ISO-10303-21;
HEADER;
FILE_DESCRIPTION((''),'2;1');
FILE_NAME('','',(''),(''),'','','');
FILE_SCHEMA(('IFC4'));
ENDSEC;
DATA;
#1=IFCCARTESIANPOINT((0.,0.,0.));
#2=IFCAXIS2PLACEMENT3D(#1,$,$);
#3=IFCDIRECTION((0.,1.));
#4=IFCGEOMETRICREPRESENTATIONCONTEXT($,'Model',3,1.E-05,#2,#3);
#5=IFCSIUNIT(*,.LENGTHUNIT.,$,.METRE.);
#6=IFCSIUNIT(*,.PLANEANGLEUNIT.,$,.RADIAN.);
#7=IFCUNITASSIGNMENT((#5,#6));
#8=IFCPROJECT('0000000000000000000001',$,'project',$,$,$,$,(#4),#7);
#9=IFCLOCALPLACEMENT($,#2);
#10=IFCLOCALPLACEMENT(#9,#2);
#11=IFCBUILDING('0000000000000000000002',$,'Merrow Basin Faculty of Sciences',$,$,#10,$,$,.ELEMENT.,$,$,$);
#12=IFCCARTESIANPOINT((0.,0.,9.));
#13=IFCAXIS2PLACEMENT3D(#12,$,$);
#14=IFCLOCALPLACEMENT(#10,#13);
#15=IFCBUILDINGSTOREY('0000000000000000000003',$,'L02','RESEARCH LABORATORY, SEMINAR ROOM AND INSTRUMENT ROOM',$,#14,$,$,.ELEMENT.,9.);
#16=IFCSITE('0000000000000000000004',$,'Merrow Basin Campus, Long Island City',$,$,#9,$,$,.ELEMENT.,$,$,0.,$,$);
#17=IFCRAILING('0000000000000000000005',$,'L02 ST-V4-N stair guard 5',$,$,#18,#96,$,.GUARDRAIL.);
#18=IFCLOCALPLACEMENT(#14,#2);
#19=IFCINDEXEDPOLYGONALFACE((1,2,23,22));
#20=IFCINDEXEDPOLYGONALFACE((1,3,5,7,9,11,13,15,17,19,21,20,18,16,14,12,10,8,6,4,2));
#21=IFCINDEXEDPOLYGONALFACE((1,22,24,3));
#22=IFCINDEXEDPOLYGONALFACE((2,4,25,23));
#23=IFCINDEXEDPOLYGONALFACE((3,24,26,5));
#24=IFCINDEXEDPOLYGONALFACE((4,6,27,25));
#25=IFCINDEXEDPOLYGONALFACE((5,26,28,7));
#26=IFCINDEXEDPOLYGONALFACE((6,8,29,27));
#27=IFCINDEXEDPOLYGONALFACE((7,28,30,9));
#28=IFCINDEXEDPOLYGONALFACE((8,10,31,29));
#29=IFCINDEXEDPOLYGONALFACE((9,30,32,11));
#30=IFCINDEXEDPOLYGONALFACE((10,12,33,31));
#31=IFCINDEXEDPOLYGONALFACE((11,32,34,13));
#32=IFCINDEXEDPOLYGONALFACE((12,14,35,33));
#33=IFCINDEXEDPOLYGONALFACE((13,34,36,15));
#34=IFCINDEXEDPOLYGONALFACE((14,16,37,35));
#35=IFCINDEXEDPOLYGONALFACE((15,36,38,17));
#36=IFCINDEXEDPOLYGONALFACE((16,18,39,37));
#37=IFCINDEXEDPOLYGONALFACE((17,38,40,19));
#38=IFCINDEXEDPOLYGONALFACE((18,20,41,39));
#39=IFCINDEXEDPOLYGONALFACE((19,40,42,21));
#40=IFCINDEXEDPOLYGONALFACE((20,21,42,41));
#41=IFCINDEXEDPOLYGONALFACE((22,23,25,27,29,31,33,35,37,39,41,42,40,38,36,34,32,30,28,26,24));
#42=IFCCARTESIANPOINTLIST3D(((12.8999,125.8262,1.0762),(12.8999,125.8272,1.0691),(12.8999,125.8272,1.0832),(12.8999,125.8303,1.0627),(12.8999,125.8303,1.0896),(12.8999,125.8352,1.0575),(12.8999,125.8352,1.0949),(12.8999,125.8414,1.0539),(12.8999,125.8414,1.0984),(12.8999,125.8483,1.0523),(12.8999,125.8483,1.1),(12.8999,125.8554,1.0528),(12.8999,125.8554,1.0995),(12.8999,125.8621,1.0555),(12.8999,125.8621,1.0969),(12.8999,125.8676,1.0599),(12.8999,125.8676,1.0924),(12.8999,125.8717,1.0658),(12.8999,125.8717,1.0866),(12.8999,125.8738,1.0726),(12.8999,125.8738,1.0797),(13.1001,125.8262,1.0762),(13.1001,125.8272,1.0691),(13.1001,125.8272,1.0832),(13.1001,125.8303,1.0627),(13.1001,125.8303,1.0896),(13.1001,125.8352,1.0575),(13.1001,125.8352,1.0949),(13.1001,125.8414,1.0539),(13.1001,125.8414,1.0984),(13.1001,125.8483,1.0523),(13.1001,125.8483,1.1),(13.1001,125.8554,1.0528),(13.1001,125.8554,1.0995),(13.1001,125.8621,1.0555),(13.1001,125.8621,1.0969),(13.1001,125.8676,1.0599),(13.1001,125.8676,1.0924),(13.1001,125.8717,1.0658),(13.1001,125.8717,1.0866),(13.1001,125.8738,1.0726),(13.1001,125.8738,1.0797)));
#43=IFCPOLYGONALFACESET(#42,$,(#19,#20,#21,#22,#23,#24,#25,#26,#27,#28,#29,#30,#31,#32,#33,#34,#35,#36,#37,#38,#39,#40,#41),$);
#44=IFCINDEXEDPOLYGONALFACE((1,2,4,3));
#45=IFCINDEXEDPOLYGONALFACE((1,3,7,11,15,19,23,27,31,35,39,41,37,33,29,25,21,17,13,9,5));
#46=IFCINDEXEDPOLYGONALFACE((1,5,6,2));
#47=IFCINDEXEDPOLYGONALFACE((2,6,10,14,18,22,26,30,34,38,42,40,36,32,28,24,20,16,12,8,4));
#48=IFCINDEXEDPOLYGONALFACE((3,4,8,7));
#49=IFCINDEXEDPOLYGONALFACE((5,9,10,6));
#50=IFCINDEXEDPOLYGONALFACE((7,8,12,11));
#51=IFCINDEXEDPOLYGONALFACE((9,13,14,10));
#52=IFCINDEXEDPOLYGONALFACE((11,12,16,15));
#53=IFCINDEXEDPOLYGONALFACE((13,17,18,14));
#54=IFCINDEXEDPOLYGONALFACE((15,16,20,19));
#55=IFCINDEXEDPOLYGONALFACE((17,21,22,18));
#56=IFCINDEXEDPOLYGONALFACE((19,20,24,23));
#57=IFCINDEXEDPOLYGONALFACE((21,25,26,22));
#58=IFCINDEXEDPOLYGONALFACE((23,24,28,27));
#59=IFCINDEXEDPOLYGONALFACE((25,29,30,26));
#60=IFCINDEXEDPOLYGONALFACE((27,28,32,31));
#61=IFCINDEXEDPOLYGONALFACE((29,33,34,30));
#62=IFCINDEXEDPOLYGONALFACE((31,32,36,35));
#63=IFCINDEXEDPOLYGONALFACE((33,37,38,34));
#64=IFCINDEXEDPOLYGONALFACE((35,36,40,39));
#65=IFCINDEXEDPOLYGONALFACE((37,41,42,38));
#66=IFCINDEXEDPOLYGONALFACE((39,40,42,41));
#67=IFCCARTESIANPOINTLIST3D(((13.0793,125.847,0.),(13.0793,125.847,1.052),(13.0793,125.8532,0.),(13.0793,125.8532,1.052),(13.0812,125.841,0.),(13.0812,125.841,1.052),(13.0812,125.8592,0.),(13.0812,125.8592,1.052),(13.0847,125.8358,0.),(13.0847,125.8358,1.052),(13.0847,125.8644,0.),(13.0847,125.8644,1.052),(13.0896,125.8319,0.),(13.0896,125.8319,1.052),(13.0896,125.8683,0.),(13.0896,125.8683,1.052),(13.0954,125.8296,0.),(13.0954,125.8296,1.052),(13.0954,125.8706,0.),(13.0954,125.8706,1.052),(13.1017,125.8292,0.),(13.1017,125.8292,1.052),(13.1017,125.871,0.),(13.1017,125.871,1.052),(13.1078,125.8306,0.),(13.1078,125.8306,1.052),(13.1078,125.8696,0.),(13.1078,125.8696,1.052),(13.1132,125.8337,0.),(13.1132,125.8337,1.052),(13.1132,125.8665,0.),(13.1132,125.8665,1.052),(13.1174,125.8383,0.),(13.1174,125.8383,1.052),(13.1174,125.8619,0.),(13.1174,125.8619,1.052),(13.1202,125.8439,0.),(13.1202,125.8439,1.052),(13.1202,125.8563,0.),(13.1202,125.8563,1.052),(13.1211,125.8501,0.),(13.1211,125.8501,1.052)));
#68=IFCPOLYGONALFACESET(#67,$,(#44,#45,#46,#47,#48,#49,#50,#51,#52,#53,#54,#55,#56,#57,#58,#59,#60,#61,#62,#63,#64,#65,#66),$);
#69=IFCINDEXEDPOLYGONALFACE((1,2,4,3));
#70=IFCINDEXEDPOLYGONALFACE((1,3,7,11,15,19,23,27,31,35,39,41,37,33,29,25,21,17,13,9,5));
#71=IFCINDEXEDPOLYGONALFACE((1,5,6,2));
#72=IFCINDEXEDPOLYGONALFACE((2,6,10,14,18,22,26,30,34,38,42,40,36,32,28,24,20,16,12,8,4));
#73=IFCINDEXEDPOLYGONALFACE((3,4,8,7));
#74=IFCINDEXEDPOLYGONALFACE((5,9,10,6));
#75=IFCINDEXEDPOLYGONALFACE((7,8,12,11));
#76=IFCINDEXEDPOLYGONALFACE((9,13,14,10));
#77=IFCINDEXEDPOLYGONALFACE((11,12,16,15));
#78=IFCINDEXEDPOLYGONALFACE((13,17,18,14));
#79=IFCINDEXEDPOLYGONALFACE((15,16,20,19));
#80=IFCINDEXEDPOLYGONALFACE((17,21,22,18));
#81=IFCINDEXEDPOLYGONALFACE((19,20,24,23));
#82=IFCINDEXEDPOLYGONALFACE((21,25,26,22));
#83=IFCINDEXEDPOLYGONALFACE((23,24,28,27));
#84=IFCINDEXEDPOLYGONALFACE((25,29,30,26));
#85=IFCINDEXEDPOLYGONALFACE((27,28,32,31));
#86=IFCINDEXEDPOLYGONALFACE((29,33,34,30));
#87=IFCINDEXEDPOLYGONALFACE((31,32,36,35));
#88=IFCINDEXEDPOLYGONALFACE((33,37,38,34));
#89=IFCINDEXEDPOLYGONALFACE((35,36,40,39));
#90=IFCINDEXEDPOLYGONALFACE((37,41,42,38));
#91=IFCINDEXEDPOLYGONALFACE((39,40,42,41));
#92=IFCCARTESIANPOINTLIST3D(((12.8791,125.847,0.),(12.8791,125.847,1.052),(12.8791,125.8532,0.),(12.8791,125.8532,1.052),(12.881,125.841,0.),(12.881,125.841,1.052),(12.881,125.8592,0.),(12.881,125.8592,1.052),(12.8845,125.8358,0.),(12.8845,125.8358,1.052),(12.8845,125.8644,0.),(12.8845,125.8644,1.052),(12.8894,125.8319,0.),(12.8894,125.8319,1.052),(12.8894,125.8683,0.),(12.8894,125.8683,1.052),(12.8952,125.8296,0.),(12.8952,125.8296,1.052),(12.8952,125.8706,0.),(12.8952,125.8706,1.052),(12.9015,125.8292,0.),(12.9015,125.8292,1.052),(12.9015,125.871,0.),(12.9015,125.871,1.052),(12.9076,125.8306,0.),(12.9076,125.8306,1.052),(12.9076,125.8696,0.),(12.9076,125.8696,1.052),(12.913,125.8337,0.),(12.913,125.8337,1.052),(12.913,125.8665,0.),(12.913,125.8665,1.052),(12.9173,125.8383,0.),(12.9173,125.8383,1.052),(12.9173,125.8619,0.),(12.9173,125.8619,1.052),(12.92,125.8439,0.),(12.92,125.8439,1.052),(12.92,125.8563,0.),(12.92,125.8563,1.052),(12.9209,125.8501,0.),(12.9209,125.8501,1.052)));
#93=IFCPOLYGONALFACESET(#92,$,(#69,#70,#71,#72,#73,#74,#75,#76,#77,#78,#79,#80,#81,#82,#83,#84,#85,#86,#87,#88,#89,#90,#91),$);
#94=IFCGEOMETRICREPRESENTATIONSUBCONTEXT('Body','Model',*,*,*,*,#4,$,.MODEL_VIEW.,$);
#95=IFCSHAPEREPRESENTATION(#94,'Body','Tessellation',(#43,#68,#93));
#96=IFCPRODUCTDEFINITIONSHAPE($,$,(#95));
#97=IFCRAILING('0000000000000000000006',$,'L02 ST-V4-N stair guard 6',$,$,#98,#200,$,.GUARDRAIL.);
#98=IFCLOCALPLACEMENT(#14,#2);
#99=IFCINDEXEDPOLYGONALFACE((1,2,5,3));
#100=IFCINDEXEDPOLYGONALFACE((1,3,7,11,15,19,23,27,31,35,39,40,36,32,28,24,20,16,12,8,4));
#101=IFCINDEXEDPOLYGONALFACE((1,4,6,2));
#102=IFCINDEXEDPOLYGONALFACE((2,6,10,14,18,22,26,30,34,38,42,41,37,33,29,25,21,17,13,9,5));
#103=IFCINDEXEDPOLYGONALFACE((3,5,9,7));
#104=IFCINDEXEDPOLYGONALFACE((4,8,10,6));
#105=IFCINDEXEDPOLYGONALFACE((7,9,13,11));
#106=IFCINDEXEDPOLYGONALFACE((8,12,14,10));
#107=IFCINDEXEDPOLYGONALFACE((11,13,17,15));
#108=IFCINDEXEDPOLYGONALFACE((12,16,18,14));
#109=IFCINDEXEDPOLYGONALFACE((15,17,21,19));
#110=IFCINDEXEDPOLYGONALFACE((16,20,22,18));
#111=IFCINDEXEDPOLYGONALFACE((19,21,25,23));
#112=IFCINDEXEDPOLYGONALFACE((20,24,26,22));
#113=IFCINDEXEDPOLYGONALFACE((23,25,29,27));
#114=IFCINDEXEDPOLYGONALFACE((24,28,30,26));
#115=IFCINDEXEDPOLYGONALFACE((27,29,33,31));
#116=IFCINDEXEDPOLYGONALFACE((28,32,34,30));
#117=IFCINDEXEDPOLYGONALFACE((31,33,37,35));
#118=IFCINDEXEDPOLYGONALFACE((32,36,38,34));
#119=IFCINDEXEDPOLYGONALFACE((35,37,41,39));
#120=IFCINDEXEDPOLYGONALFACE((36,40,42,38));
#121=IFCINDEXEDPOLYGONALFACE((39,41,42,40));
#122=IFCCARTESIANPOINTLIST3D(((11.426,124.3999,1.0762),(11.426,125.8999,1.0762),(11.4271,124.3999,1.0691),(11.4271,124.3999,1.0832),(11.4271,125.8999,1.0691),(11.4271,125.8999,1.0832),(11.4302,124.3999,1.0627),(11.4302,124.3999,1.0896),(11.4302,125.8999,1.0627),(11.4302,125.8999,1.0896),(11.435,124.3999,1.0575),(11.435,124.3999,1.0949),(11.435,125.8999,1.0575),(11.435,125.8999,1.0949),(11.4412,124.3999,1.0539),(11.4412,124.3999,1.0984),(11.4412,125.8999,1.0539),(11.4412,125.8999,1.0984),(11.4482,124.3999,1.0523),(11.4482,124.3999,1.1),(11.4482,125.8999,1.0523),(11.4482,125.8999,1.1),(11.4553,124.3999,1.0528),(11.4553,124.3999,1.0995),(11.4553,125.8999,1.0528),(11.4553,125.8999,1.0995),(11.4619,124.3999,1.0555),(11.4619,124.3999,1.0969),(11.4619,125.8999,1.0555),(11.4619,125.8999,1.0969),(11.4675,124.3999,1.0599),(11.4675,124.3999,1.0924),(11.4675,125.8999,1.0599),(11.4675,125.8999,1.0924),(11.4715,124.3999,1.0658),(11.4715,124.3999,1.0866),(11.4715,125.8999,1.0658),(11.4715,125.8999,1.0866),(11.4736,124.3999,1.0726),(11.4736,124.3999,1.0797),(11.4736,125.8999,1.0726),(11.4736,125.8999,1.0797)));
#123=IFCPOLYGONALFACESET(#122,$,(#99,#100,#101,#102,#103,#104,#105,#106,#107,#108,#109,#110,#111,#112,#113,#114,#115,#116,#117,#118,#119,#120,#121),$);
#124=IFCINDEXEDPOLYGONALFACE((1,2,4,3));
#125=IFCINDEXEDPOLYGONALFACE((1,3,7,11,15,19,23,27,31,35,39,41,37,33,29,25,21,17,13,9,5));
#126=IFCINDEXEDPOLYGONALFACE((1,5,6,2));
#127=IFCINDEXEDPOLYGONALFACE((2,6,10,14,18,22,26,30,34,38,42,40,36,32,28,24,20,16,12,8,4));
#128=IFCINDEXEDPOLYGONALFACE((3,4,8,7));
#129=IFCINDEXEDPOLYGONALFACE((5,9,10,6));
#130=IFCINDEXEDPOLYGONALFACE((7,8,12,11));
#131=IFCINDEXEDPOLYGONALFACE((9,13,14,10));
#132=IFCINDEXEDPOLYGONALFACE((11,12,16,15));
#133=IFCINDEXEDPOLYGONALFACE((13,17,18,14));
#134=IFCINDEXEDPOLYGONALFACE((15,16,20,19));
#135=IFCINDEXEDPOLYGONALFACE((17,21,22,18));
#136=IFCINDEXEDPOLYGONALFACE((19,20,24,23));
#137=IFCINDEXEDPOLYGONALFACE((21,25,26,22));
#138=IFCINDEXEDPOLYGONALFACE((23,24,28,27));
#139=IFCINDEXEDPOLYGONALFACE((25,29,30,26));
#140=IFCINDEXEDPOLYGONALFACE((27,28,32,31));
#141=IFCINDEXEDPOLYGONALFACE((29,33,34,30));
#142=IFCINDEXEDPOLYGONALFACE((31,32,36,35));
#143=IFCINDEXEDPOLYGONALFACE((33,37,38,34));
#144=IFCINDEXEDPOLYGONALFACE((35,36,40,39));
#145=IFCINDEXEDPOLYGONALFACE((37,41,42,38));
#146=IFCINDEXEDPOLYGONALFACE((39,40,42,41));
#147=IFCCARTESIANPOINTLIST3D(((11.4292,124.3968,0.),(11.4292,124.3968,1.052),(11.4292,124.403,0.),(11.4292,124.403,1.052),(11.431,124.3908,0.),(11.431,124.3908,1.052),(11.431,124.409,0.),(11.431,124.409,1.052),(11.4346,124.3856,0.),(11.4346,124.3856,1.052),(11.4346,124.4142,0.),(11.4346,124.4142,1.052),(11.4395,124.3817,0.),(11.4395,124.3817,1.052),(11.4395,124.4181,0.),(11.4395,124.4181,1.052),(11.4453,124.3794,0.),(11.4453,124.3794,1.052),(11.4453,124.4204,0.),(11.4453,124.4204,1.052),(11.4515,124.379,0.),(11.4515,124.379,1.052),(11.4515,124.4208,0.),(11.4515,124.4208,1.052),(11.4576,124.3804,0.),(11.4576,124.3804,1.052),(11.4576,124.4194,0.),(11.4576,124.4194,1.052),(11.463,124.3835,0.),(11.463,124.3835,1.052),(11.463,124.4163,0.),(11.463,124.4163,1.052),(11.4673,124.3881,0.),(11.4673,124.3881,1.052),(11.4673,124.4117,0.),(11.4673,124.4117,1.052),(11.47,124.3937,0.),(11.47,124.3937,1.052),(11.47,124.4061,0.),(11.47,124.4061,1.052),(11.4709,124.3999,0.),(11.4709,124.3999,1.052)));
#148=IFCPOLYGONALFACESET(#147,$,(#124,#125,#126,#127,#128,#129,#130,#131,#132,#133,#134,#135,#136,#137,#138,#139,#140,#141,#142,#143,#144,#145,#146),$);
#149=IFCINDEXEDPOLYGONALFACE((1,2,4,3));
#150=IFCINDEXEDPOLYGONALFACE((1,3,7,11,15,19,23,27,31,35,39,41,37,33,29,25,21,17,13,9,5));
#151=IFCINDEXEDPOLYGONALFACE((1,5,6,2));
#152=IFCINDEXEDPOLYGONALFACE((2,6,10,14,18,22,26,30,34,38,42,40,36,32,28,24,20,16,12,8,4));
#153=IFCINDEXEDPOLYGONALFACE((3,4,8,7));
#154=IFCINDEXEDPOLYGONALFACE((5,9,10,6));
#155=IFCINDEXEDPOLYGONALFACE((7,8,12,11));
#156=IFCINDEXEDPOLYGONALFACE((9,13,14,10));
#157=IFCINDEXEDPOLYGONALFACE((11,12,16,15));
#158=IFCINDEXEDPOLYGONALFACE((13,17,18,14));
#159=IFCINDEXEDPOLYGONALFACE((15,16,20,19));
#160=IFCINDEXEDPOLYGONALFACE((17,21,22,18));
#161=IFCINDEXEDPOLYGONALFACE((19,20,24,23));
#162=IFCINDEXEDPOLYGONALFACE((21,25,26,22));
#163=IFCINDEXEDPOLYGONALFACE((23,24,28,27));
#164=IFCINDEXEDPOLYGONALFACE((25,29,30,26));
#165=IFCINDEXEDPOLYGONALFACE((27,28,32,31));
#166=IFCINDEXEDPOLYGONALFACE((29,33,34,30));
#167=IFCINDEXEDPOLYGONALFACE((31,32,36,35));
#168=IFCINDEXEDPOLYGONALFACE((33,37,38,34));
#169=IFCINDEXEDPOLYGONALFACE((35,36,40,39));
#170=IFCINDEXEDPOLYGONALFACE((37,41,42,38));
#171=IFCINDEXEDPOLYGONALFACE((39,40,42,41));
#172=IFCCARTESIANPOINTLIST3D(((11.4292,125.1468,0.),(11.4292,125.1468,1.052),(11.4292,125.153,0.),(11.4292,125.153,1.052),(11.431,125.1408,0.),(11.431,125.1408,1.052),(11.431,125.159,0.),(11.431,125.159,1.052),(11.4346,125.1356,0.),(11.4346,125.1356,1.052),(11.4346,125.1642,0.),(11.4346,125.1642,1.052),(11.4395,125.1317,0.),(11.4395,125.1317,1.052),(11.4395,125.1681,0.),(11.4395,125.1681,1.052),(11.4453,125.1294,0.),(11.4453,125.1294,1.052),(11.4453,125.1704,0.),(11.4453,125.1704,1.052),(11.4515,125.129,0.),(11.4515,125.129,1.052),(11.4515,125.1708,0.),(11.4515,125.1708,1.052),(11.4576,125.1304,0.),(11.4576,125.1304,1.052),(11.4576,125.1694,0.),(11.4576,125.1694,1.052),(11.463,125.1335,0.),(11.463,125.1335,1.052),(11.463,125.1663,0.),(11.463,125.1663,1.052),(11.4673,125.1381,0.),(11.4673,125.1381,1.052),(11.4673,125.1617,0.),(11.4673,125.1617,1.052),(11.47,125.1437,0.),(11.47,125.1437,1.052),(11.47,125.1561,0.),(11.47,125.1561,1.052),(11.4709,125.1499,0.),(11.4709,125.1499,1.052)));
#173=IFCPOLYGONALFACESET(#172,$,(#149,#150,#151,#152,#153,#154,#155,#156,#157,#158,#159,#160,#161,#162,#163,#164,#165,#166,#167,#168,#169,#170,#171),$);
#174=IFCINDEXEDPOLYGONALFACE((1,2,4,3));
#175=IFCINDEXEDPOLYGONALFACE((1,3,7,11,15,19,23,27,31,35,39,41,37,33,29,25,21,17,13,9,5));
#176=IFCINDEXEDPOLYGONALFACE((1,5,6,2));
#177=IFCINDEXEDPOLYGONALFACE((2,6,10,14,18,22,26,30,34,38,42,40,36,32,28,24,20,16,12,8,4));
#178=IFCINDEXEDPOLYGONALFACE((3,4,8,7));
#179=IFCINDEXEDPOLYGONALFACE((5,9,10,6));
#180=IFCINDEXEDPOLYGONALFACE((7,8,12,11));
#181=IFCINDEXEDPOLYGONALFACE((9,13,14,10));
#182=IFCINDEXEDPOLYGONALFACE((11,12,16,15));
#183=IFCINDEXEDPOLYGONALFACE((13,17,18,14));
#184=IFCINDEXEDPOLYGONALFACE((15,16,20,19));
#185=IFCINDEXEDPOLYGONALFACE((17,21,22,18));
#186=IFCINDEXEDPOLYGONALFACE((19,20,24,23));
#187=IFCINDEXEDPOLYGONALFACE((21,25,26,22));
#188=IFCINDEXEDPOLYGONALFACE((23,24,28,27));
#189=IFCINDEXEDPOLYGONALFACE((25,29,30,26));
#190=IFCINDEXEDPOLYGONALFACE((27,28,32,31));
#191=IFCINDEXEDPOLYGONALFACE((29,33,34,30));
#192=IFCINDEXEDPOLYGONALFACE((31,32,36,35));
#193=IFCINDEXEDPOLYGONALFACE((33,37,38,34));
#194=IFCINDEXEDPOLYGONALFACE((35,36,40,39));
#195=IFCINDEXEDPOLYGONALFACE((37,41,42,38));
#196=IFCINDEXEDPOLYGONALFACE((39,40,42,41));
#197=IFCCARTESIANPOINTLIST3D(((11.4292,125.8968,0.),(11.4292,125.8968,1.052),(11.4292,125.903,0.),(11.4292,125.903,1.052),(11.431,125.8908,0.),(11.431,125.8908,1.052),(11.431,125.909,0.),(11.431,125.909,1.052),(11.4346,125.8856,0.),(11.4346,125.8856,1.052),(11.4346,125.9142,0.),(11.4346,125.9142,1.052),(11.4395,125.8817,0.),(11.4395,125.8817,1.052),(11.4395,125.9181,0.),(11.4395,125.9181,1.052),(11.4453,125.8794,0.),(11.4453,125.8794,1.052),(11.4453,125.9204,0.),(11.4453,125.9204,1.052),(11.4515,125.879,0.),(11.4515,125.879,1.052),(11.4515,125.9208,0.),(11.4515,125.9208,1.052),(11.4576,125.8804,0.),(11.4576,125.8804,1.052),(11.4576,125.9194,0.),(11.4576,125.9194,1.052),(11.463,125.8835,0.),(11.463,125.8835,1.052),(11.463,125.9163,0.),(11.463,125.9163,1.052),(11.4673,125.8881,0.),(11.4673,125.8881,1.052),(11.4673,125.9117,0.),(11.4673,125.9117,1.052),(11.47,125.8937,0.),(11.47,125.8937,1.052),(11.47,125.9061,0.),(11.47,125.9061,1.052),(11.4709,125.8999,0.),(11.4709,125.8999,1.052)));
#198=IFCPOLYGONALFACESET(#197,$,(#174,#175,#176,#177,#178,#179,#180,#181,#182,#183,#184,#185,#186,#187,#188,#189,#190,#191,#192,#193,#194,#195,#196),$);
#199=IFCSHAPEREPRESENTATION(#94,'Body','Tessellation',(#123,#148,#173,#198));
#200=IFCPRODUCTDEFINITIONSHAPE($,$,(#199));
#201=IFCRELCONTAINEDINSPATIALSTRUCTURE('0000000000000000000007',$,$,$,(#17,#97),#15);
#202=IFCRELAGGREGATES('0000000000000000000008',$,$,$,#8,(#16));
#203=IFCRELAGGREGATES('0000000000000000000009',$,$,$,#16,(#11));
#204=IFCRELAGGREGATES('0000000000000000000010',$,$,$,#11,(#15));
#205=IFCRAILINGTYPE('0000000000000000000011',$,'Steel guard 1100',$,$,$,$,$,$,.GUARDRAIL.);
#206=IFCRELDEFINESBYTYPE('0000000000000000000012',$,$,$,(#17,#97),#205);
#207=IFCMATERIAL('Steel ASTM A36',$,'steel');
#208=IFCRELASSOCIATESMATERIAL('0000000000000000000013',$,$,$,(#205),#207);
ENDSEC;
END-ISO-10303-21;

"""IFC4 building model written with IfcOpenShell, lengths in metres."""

from ifc_helpers import new_model, si_unit, direction, frame, origin, origin_2d, place, context, subcontext, project, spatial, circle, extrude, material, type_object, element, save


model = new_model("IFC4")

# Units and contexts
model_context = context("Model", 3, precision=1e-05, world=origin(), true_north=direction((0.0, 1.0)))
body_context = subcontext(model_context, "Body", "Model", "MODEL_VIEW")
ifc_project = project(units=[si_unit("LENGTHUNIT", "METRE"), si_unit("PLANEANGLEUNIT", "RADIAN")], contexts=[model_context])

# Site, building, storey
site_placement = place(None, origin())
site = spatial("IfcSite", under=ifc_project, at=site_placement, Name="Merrow Basin Campus, Long Island City", CompositionType="ELEMENT", RefElevation=0.0)
building_placement = place(site_placement, origin())
building = spatial("IfcBuilding", under=site, at=building_placement, Name="Merrow Basin Faculty of Sciences", CompositionType="ELEMENT")
storey_placement = place(building_placement, frame((0.0, 0.0, 9.0)))
storey = spatial("IfcBuildingStorey", under=building, at=storey_placement, Name="L02", Description="RESEARCH LABORATORY, SEMINAR ROOM AND INSTRUMENT ROOM", CompositionType="ELEMENT", Elevation=9.0)

# Railings
ifc_material_1 = material(Name="Steel ASTM A36", Category="steel")
railing_type_1 = type_object("IfcRailingType", Name="Steel guard 1100", PredefinedType="GUARDRAIL", material=ifc_material_1)
railing_1_placement = place(storey_placement, frame((13.1001, 125.8501, 0.0)))
element("IfcRailing", 1, at=railing_1_placement, inside=storey, type_object=railing_type_1, Name="L02 ST-V4-N stair guard 5", PredefinedType="GUARDRAIL", context=body_context, shape_type="SweptSolid", body=[
    extrude(circle(Radius=0.0239, at=origin_2d()), frame((0.0, 0.0, 1.0762), z_axis=(-1.0, 0.0, 0.0), x_axis=(0.0, -1.0, 0.0)), (0.0, 0.0, 1.0), 0.2002),
    extrude(circle(Radius=0.021, at=origin_2d()), origin(), (0.0, 0.0, 1.0), 1.052),
    extrude(circle(Radius=0.021, at=origin_2d()), frame((-0.2002, 0.0, 0.0)), (0.0, 0.0, 1.0), 1.052),
])
railing_2_placement = place(storey_placement, frame((11.45, 124.3999, 0.0)))
element("IfcRailing", 2, at=railing_2_placement, inside=storey, type_object=railing_type_1, Name="L02 ST-V4-N stair guard 6", PredefinedType="GUARDRAIL", context=body_context, shape_type="SweptSolid", body=[
    extrude(circle(Radius=0.0239, at=origin_2d()), frame((0.0, 0.0, 1.0762), z_axis=(0.0, 1.0, 0.0), x_axis=(-1.0, 0.0, 0.0)), (0.0, 0.0, 1.0), 1.5),
    extrude(circle(Radius=0.021, at=origin_2d()), origin(), (0.0, 0.0, 1.0), 1.052),
    extrude(circle(Radius=0.021, at=origin_2d()), frame((0.0, 0.75, 0.0)), (0.0, 0.0, 1.0), 1.052),
    extrude(circle(Radius=0.021, at=origin_2d()), frame((0.0, 1.5, 0.0)), (0.0, 0.0, 1.0), 1.052),
])

save(model, "model.ifc")
